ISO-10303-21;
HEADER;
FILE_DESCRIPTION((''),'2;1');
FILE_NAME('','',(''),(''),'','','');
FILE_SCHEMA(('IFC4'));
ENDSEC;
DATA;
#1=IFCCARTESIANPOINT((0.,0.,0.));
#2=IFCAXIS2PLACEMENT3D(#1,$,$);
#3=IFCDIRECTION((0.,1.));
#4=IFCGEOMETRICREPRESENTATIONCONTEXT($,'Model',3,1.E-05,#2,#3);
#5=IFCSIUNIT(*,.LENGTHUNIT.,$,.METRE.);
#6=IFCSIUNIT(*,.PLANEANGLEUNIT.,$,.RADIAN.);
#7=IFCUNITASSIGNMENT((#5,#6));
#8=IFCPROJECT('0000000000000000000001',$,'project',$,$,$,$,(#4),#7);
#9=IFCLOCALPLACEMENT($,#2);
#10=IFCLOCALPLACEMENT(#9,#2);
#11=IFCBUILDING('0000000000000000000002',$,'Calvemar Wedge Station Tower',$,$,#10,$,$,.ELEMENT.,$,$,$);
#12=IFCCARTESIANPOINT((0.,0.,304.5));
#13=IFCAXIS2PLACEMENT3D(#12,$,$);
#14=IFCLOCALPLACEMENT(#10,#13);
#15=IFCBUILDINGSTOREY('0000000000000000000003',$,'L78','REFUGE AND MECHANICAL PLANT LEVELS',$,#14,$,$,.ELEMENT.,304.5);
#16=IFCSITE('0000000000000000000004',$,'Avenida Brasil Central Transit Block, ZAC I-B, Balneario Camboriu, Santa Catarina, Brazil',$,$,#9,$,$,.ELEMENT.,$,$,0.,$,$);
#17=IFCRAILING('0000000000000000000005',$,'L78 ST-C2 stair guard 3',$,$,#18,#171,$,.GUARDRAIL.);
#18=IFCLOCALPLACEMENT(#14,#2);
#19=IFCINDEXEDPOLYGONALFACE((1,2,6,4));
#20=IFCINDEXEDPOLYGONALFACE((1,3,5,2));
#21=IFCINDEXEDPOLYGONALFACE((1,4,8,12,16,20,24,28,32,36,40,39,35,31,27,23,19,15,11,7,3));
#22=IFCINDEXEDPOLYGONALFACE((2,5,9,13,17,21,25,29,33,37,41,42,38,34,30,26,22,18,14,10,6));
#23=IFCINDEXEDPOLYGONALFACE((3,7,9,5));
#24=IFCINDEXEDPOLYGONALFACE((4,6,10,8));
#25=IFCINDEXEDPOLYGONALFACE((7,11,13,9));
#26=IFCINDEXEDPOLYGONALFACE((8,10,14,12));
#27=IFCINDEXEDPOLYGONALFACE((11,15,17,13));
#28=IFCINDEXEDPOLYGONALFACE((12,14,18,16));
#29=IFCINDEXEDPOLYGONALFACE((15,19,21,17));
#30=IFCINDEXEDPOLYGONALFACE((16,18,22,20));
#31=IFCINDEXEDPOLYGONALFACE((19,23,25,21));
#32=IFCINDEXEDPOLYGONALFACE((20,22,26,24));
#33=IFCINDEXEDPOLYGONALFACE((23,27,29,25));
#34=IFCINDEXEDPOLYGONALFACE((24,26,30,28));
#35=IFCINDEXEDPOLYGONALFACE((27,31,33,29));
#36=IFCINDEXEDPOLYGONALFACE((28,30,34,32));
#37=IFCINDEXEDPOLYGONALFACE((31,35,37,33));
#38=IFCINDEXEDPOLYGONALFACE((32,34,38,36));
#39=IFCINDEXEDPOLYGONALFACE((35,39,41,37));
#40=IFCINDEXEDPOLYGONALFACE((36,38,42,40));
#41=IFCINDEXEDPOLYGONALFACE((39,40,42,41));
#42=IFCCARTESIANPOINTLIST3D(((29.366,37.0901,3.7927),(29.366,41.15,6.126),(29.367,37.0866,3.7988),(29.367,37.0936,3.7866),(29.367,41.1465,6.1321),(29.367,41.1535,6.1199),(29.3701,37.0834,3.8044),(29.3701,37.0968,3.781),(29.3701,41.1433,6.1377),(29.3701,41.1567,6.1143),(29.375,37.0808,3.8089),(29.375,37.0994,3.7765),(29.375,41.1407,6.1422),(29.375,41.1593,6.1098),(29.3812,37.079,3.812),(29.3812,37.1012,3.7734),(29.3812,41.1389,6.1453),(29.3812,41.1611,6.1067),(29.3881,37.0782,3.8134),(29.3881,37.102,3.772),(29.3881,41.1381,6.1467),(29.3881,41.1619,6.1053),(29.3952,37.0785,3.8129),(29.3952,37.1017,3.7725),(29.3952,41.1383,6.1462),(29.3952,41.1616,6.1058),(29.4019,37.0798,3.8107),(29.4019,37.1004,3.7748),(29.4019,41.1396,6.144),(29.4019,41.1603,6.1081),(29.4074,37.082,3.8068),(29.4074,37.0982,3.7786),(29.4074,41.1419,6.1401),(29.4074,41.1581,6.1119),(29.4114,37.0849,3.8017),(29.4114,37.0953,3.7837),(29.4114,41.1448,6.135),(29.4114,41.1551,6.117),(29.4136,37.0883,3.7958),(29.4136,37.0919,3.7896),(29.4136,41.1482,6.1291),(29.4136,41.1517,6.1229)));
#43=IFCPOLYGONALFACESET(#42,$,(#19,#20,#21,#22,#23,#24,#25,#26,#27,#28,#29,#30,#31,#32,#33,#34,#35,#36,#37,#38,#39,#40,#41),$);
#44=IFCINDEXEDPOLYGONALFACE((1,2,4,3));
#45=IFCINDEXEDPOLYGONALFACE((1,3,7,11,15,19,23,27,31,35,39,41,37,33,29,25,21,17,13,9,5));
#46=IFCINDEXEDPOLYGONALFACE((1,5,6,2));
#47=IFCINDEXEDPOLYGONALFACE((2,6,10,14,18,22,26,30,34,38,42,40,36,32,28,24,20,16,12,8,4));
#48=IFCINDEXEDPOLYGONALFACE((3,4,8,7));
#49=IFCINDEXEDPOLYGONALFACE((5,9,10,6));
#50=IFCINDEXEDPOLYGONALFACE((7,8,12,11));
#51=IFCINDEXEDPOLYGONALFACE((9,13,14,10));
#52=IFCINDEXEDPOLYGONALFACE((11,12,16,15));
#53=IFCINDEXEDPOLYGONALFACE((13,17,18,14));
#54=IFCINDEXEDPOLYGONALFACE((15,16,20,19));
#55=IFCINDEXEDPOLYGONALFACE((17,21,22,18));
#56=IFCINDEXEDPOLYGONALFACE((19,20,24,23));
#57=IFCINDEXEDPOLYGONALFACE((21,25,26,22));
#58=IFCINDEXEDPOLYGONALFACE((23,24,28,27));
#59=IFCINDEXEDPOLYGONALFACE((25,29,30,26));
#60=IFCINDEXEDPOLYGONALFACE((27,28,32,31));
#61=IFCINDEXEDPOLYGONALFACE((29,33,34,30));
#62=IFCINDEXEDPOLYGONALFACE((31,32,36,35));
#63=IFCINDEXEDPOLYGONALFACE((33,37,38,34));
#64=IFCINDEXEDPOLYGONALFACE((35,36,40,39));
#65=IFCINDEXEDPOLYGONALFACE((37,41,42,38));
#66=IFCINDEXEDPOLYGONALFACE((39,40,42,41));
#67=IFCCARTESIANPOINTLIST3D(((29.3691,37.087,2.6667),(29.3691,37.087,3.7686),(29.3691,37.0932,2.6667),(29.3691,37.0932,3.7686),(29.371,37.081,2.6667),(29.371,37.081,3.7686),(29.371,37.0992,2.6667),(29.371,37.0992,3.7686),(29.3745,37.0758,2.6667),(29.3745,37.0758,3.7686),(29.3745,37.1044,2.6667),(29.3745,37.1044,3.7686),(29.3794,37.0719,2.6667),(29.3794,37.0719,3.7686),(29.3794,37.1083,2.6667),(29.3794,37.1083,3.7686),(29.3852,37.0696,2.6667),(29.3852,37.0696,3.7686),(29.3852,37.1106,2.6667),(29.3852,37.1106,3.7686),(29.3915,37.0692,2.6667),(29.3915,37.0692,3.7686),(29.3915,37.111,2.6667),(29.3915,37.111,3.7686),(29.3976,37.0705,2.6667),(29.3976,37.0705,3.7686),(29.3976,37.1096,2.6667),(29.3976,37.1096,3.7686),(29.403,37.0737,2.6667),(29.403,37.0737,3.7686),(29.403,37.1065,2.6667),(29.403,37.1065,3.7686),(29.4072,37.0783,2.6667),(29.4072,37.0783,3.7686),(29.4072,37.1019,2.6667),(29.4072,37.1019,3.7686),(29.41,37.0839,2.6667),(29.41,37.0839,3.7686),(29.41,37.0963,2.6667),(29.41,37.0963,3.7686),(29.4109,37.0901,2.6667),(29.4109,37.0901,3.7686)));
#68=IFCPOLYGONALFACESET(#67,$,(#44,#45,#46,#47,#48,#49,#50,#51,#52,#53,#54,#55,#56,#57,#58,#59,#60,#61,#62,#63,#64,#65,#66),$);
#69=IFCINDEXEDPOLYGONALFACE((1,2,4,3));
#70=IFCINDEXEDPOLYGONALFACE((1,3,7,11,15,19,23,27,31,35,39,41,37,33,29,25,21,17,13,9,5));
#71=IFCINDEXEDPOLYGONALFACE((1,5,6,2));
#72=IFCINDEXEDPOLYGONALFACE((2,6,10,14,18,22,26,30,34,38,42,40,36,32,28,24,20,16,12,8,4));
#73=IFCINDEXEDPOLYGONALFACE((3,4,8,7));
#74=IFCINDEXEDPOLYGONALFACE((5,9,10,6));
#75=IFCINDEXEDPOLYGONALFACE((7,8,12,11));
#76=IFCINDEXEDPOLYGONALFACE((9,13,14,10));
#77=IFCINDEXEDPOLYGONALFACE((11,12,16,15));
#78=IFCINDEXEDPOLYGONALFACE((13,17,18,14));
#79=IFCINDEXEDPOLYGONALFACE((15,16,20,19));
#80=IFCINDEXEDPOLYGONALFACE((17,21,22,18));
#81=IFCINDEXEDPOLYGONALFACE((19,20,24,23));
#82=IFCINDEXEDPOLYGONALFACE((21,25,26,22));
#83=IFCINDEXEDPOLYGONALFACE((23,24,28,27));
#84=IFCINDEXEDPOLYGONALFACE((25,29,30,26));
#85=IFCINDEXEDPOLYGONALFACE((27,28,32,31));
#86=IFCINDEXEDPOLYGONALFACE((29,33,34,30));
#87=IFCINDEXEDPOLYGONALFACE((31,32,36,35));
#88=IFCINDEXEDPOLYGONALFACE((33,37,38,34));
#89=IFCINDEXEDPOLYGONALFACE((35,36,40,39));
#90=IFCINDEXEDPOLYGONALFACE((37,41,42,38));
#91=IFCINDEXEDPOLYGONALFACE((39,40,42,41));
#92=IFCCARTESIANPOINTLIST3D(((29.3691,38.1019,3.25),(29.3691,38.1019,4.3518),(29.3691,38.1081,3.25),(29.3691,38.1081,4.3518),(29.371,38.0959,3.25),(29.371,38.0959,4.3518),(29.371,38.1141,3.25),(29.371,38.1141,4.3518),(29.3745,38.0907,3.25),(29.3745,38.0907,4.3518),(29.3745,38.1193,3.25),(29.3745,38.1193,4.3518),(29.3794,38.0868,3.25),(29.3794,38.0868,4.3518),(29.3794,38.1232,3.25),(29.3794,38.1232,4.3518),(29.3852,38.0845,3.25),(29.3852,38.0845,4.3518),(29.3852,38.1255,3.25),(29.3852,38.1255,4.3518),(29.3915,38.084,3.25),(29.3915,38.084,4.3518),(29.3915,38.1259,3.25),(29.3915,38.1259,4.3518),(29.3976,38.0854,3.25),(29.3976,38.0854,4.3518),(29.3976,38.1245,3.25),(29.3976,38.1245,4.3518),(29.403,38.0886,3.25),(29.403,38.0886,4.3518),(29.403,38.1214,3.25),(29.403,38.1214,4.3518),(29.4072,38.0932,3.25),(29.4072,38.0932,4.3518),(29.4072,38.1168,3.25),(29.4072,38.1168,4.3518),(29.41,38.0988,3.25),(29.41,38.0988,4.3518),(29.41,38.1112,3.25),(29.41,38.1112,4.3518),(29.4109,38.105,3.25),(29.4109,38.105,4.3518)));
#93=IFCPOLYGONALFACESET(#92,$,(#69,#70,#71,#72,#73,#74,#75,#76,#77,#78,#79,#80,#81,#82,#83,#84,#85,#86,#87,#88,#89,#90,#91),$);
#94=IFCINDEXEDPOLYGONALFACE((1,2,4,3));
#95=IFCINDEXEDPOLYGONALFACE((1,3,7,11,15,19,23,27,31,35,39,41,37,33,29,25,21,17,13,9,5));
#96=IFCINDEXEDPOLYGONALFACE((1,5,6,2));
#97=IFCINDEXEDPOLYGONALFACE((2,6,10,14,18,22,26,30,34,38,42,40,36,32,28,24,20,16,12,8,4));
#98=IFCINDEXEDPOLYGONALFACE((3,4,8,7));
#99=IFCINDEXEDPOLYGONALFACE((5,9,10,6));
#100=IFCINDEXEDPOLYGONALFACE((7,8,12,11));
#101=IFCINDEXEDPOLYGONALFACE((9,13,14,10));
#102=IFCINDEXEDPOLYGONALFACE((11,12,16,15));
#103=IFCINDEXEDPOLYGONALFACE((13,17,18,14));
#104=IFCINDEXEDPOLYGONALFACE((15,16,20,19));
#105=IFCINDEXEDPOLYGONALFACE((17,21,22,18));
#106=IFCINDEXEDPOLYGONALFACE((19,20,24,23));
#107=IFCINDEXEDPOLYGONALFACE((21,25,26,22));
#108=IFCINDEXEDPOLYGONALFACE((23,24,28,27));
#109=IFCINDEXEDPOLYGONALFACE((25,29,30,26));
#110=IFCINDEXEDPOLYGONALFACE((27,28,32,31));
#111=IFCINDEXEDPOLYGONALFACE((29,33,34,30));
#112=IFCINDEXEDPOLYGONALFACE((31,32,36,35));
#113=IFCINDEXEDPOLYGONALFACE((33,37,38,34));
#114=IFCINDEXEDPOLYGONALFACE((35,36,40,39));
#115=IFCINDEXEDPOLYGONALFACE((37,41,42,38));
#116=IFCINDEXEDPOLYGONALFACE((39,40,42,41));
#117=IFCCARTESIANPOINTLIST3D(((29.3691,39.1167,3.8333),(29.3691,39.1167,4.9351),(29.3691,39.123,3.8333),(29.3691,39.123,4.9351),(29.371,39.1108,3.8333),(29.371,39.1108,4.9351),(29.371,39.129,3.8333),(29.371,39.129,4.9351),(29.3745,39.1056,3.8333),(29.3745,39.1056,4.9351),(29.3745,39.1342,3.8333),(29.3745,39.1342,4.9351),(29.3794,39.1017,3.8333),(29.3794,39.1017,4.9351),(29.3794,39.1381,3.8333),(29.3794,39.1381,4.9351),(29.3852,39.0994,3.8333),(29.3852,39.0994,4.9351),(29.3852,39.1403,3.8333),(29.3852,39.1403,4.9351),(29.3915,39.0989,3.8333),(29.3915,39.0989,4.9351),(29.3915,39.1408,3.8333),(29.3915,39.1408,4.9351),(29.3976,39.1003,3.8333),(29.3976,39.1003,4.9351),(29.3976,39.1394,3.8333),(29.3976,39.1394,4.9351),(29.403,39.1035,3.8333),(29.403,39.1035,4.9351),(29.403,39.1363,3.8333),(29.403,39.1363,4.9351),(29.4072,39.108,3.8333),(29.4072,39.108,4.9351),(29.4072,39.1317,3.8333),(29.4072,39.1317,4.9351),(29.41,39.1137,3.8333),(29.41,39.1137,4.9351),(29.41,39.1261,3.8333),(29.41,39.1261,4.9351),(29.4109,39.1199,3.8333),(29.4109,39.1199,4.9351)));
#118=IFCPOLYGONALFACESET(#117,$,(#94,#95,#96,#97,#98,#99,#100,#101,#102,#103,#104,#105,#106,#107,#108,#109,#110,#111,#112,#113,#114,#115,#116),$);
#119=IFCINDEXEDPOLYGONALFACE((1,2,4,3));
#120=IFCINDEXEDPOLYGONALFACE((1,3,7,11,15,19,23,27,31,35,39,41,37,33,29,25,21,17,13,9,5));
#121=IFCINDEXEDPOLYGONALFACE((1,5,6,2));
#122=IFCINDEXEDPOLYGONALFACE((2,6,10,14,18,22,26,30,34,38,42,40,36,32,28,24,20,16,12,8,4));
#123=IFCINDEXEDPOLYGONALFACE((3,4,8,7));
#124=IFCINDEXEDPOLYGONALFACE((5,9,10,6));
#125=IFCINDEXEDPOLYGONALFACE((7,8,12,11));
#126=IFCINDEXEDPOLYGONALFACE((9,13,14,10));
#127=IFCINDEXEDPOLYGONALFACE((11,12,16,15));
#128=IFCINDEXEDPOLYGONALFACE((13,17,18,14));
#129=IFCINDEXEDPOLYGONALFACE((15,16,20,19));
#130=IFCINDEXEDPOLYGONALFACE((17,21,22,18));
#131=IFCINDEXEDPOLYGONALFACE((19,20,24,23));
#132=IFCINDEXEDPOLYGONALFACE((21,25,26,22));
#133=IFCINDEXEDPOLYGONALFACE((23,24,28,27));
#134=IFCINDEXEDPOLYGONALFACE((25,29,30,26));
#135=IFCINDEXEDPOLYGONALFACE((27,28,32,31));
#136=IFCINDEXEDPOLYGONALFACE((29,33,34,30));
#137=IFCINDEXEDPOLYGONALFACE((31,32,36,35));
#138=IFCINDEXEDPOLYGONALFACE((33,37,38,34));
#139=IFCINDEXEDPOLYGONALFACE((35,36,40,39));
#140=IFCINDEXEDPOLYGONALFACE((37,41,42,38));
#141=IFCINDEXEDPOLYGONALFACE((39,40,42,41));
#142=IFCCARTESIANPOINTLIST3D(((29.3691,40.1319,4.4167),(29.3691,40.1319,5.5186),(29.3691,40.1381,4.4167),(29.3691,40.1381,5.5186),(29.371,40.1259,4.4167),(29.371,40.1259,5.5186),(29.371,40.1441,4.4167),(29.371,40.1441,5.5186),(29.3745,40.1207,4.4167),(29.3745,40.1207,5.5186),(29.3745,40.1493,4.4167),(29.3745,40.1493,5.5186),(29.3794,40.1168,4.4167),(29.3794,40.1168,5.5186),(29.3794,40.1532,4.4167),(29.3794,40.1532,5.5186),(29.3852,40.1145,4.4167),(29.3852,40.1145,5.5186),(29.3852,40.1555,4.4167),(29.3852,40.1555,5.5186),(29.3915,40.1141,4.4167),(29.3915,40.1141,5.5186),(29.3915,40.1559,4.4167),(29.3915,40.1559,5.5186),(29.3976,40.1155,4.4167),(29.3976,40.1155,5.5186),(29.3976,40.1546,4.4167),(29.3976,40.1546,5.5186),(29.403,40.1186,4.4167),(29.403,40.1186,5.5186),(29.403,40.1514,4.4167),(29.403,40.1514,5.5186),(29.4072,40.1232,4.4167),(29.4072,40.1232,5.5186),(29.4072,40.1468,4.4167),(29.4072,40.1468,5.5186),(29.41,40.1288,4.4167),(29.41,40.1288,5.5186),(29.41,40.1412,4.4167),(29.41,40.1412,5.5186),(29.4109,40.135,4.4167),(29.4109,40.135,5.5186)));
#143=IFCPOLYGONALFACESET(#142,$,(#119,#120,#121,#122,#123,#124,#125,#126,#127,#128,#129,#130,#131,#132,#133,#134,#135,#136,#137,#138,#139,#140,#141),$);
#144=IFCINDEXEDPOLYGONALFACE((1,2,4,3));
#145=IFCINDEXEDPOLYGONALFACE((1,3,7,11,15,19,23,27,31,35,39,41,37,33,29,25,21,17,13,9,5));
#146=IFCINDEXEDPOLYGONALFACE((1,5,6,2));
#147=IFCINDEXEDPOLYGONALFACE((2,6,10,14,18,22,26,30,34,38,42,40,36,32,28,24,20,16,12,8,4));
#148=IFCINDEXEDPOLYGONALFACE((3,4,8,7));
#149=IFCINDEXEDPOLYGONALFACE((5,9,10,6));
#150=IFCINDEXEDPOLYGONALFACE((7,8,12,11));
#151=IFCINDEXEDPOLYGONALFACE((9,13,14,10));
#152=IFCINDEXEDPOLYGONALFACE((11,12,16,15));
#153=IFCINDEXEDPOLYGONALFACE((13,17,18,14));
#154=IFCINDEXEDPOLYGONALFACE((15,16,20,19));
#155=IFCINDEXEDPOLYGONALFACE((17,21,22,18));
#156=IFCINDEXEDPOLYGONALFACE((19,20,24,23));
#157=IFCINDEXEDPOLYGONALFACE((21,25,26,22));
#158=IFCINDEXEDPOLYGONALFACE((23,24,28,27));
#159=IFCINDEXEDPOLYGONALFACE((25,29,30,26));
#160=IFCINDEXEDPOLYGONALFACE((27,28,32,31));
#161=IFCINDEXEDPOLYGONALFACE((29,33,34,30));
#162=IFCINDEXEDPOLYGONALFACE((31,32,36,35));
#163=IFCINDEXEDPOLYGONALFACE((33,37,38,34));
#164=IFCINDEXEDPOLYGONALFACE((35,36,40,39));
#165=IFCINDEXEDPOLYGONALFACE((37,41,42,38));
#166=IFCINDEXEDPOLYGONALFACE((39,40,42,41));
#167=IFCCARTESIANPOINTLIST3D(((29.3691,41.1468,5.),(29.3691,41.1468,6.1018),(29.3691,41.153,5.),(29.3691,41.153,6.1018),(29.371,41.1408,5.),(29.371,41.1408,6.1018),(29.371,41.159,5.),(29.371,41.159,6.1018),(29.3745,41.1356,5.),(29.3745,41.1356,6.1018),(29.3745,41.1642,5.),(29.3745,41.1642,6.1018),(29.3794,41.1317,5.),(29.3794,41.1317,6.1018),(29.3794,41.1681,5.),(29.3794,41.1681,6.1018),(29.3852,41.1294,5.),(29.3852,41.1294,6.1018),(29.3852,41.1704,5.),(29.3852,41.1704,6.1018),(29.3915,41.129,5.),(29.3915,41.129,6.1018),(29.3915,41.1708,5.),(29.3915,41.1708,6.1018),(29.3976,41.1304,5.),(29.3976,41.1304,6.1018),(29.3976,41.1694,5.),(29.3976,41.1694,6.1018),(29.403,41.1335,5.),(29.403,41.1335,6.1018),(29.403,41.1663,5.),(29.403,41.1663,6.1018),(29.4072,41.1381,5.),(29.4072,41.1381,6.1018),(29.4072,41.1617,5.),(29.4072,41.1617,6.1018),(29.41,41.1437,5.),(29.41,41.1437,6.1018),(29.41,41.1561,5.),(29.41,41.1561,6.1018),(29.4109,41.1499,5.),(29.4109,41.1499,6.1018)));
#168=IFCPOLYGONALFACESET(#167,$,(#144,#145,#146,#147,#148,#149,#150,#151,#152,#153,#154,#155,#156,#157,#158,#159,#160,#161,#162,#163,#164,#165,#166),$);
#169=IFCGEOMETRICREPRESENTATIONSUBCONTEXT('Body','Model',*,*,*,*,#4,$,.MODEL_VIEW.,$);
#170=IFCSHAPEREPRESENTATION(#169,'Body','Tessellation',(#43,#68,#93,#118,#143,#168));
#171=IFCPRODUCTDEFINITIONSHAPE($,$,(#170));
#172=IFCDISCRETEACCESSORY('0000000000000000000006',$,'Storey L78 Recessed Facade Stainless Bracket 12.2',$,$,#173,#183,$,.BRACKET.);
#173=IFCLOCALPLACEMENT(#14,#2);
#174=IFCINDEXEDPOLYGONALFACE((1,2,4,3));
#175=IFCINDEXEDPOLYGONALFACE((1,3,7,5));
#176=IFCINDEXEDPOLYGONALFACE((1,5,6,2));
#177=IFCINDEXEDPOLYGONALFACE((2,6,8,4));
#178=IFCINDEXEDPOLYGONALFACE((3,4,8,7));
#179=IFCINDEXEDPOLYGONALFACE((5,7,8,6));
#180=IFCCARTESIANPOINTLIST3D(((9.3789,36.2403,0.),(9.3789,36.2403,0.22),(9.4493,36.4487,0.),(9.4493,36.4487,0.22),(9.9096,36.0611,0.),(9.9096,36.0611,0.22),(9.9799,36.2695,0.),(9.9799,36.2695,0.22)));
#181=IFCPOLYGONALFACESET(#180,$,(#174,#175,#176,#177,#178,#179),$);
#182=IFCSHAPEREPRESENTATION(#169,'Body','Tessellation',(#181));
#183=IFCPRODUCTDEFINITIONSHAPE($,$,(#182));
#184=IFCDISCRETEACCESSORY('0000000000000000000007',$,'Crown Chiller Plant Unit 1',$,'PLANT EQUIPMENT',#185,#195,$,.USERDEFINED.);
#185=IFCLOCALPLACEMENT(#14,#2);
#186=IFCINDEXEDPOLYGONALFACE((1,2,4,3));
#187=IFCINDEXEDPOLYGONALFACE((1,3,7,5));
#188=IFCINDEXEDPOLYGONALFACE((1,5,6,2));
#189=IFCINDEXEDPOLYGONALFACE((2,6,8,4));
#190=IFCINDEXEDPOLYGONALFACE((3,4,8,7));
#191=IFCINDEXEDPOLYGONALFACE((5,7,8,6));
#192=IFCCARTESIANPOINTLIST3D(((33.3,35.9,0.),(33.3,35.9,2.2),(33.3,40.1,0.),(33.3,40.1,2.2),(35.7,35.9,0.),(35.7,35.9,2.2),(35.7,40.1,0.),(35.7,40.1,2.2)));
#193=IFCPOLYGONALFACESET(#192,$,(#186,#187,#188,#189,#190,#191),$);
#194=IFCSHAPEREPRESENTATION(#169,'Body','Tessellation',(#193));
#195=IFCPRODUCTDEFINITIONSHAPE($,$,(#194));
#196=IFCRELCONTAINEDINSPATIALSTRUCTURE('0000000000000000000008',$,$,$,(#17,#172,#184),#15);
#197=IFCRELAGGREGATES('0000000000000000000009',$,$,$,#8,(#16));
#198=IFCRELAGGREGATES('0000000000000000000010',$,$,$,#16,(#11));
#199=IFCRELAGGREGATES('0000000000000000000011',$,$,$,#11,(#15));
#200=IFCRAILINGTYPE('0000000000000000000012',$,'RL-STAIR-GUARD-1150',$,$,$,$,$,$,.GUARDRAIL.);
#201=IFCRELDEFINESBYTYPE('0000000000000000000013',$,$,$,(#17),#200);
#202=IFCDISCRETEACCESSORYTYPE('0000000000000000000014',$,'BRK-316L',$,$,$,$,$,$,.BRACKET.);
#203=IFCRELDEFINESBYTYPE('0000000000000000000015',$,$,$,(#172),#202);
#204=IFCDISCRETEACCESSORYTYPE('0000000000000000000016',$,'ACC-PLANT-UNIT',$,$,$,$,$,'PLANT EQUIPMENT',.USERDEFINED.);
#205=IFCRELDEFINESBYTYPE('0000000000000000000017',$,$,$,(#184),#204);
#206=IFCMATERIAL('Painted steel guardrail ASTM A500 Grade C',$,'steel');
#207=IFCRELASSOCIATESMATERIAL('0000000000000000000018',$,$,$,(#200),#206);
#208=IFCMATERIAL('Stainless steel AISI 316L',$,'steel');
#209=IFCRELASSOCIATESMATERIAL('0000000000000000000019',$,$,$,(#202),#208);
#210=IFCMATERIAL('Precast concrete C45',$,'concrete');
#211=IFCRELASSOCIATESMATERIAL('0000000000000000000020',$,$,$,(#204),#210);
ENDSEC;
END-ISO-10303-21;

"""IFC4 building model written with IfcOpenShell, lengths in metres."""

from ifc_helpers import new_model, si_unit, direction, frame, origin, origin_2d, place, context, subcontext, project, spatial, rectangle, circle, extrude, source, transform, mapped, material, type_object, element, save


model = new_model("IFC4")

# Units and contexts
model_context = context("Model", 3, precision=1e-05, world=origin(), true_north=direction((0.0, 1.0)))
body_context = subcontext(model_context, "Body", "Model", "MODEL_VIEW")
ifc_project = project(units=[si_unit("LENGTHUNIT", "METRE"), si_unit("PLANEANGLEUNIT", "RADIAN")], contexts=[model_context])

# Site, building, storey
site_placement = place(None, origin())
site = spatial("IfcSite", under=ifc_project, at=site_placement, Name="Avenida Brasil Central Transit Block, ZAC I-B, Balneario Camboriu, Santa Catarina, Brazil", CompositionType="ELEMENT", RefElevation=0.0)
building_placement = place(site_placement, origin())
building = spatial("IfcBuilding", under=site, at=building_placement, Name="Calvemar Wedge Station Tower", CompositionType="ELEMENT")
storey_placement = place(building_placement, frame((0.0, 0.0, 304.5)))
storey = spatial("IfcBuildingStorey", under=building, at=storey_placement, Name="L78", Description="REFUGE AND MECHANICAL PLANT LEVELS", CompositionType="ELEMENT", Elevation=304.5)

# Shared definitions
ifc_material_1 = material(Name="Precast concrete C45", Category="concrete")

# Railing
ifc_material_2 = material(Name="Stainless steel AISI 316L", Category="steel")
ifc_material_3 = material(Name="Painted steel guardrail ASTM A500 Grade C", Category="steel")
railing_type_1 = type_object("IfcRailingType", Name="RL-STAIR-GUARD-1150", PredefinedType="GUARDRAIL", material=ifc_material_3)
railing_1_placement = place(storey_placement, frame((29.3899, 37.0901, 2.6667)))
element("IfcRailing", 1, at=railing_1_placement, inside=storey, type_object=railing_type_1, Name="L78 ST-C2 stair guard 3", PredefinedType="GUARDRAIL", context=body_context, shape_type="SweptSolid", body=[
    extrude(circle(Radius=0.0239, at=origin_2d()), frame((0.0, 0.0, 1.126), z_axis=(0.0, 0.867012, 0.498288), x_axis=(-1.0, 0.0, 0.0)), (0.0, 0.0, 1.0), 4.6826),
    extrude(circle(Radius=0.021, at=origin_2d()), origin(), (0.0, 0.0, 1.0), 1.1018),
    extrude(circle(Radius=0.021, at=origin_2d()), frame((0.0, 1.0149, 0.5833)), (0.0, 0.0, 1.0), 1.1018),
    extrude(circle(Radius=0.021, at=origin_2d()), frame((0.0, 2.0298, 1.1665)), (0.0, 0.0, 1.0), 1.1018),
    extrude(circle(Radius=0.021, at=origin_2d()), frame((0.0, 3.0449, 1.75)), (0.0, 0.0, 1.0), 1.1018),
    extrude(circle(Radius=0.021, at=origin_2d()), frame((0.0, 4.0598, 2.3333)), (0.0, 0.0, 1.0), 1.1018),
])

# Discrete accessories
discrete_accessory_type_1 = type_object("IfcDiscreteAccessoryType", Name="BRK-316L", PredefinedType="BRACKET", material=ifc_material_2)
shared_shape_1 = source(origin(), body_context, "Body", "SweptSolid", [
    extrude(rectangle(XDim=0.22, YDim=0.5601, at=origin_2d()), origin(), (0.0, 0.0, 1.0), 0.22),
])
discrete_accessory_1_placement = place(storey_placement, frame((9.6794, 36.2549, 0.0), z_axis=(0.0, 0.0, 1.0), x_axis=(-0.319952, -0.947434, 0.0)))
element("IfcDiscreteAccessory", 2, at=discrete_accessory_1_placement, inside=storey, type_object=discrete_accessory_type_1, Name="Storey L78 Recessed Facade Stainless Bracket 12.2", PredefinedType="BRACKET", context=body_context, shape_type="MappedRepresentation", body=[
    mapped(shared_shape_1, transform((0.0, 0.0, 0.0), scale=1.0)),
])
discrete_accessory_type_2 = type_object("IfcDiscreteAccessoryType", Name="ACC-PLANT-UNIT", ElementType="PLANT EQUIPMENT", PredefinedType="USERDEFINED", material=ifc_material_1)
shared_shape_2 = source(origin(), body_context, "Body", "SweptSolid", [
    extrude(rectangle(XDim=2.3999, YDim=4.2, at=origin_2d()), origin(), (0.0, 0.0, 1.0), 2.2),
])
discrete_accessory_2_placement = place(storey_placement, frame((34.5, 38.0, 0.0), z_axis=(0.0, 0.0, 1.0), x_axis=(1.0, 0.0, 0.0)))
element("IfcDiscreteAccessory", 3, at=discrete_accessory_2_placement, inside=storey, type_object=discrete_accessory_type_2, Name="Crown Chiller Plant Unit 1", ObjectType="PLANT EQUIPMENT", PredefinedType="USERDEFINED", context=body_context, shape_type="MappedRepresentation", body=[
    mapped(shared_shape_2, transform((0.0, 0.0, 0.0), scale=1.0)),
])

save(model, "model.ifc")
